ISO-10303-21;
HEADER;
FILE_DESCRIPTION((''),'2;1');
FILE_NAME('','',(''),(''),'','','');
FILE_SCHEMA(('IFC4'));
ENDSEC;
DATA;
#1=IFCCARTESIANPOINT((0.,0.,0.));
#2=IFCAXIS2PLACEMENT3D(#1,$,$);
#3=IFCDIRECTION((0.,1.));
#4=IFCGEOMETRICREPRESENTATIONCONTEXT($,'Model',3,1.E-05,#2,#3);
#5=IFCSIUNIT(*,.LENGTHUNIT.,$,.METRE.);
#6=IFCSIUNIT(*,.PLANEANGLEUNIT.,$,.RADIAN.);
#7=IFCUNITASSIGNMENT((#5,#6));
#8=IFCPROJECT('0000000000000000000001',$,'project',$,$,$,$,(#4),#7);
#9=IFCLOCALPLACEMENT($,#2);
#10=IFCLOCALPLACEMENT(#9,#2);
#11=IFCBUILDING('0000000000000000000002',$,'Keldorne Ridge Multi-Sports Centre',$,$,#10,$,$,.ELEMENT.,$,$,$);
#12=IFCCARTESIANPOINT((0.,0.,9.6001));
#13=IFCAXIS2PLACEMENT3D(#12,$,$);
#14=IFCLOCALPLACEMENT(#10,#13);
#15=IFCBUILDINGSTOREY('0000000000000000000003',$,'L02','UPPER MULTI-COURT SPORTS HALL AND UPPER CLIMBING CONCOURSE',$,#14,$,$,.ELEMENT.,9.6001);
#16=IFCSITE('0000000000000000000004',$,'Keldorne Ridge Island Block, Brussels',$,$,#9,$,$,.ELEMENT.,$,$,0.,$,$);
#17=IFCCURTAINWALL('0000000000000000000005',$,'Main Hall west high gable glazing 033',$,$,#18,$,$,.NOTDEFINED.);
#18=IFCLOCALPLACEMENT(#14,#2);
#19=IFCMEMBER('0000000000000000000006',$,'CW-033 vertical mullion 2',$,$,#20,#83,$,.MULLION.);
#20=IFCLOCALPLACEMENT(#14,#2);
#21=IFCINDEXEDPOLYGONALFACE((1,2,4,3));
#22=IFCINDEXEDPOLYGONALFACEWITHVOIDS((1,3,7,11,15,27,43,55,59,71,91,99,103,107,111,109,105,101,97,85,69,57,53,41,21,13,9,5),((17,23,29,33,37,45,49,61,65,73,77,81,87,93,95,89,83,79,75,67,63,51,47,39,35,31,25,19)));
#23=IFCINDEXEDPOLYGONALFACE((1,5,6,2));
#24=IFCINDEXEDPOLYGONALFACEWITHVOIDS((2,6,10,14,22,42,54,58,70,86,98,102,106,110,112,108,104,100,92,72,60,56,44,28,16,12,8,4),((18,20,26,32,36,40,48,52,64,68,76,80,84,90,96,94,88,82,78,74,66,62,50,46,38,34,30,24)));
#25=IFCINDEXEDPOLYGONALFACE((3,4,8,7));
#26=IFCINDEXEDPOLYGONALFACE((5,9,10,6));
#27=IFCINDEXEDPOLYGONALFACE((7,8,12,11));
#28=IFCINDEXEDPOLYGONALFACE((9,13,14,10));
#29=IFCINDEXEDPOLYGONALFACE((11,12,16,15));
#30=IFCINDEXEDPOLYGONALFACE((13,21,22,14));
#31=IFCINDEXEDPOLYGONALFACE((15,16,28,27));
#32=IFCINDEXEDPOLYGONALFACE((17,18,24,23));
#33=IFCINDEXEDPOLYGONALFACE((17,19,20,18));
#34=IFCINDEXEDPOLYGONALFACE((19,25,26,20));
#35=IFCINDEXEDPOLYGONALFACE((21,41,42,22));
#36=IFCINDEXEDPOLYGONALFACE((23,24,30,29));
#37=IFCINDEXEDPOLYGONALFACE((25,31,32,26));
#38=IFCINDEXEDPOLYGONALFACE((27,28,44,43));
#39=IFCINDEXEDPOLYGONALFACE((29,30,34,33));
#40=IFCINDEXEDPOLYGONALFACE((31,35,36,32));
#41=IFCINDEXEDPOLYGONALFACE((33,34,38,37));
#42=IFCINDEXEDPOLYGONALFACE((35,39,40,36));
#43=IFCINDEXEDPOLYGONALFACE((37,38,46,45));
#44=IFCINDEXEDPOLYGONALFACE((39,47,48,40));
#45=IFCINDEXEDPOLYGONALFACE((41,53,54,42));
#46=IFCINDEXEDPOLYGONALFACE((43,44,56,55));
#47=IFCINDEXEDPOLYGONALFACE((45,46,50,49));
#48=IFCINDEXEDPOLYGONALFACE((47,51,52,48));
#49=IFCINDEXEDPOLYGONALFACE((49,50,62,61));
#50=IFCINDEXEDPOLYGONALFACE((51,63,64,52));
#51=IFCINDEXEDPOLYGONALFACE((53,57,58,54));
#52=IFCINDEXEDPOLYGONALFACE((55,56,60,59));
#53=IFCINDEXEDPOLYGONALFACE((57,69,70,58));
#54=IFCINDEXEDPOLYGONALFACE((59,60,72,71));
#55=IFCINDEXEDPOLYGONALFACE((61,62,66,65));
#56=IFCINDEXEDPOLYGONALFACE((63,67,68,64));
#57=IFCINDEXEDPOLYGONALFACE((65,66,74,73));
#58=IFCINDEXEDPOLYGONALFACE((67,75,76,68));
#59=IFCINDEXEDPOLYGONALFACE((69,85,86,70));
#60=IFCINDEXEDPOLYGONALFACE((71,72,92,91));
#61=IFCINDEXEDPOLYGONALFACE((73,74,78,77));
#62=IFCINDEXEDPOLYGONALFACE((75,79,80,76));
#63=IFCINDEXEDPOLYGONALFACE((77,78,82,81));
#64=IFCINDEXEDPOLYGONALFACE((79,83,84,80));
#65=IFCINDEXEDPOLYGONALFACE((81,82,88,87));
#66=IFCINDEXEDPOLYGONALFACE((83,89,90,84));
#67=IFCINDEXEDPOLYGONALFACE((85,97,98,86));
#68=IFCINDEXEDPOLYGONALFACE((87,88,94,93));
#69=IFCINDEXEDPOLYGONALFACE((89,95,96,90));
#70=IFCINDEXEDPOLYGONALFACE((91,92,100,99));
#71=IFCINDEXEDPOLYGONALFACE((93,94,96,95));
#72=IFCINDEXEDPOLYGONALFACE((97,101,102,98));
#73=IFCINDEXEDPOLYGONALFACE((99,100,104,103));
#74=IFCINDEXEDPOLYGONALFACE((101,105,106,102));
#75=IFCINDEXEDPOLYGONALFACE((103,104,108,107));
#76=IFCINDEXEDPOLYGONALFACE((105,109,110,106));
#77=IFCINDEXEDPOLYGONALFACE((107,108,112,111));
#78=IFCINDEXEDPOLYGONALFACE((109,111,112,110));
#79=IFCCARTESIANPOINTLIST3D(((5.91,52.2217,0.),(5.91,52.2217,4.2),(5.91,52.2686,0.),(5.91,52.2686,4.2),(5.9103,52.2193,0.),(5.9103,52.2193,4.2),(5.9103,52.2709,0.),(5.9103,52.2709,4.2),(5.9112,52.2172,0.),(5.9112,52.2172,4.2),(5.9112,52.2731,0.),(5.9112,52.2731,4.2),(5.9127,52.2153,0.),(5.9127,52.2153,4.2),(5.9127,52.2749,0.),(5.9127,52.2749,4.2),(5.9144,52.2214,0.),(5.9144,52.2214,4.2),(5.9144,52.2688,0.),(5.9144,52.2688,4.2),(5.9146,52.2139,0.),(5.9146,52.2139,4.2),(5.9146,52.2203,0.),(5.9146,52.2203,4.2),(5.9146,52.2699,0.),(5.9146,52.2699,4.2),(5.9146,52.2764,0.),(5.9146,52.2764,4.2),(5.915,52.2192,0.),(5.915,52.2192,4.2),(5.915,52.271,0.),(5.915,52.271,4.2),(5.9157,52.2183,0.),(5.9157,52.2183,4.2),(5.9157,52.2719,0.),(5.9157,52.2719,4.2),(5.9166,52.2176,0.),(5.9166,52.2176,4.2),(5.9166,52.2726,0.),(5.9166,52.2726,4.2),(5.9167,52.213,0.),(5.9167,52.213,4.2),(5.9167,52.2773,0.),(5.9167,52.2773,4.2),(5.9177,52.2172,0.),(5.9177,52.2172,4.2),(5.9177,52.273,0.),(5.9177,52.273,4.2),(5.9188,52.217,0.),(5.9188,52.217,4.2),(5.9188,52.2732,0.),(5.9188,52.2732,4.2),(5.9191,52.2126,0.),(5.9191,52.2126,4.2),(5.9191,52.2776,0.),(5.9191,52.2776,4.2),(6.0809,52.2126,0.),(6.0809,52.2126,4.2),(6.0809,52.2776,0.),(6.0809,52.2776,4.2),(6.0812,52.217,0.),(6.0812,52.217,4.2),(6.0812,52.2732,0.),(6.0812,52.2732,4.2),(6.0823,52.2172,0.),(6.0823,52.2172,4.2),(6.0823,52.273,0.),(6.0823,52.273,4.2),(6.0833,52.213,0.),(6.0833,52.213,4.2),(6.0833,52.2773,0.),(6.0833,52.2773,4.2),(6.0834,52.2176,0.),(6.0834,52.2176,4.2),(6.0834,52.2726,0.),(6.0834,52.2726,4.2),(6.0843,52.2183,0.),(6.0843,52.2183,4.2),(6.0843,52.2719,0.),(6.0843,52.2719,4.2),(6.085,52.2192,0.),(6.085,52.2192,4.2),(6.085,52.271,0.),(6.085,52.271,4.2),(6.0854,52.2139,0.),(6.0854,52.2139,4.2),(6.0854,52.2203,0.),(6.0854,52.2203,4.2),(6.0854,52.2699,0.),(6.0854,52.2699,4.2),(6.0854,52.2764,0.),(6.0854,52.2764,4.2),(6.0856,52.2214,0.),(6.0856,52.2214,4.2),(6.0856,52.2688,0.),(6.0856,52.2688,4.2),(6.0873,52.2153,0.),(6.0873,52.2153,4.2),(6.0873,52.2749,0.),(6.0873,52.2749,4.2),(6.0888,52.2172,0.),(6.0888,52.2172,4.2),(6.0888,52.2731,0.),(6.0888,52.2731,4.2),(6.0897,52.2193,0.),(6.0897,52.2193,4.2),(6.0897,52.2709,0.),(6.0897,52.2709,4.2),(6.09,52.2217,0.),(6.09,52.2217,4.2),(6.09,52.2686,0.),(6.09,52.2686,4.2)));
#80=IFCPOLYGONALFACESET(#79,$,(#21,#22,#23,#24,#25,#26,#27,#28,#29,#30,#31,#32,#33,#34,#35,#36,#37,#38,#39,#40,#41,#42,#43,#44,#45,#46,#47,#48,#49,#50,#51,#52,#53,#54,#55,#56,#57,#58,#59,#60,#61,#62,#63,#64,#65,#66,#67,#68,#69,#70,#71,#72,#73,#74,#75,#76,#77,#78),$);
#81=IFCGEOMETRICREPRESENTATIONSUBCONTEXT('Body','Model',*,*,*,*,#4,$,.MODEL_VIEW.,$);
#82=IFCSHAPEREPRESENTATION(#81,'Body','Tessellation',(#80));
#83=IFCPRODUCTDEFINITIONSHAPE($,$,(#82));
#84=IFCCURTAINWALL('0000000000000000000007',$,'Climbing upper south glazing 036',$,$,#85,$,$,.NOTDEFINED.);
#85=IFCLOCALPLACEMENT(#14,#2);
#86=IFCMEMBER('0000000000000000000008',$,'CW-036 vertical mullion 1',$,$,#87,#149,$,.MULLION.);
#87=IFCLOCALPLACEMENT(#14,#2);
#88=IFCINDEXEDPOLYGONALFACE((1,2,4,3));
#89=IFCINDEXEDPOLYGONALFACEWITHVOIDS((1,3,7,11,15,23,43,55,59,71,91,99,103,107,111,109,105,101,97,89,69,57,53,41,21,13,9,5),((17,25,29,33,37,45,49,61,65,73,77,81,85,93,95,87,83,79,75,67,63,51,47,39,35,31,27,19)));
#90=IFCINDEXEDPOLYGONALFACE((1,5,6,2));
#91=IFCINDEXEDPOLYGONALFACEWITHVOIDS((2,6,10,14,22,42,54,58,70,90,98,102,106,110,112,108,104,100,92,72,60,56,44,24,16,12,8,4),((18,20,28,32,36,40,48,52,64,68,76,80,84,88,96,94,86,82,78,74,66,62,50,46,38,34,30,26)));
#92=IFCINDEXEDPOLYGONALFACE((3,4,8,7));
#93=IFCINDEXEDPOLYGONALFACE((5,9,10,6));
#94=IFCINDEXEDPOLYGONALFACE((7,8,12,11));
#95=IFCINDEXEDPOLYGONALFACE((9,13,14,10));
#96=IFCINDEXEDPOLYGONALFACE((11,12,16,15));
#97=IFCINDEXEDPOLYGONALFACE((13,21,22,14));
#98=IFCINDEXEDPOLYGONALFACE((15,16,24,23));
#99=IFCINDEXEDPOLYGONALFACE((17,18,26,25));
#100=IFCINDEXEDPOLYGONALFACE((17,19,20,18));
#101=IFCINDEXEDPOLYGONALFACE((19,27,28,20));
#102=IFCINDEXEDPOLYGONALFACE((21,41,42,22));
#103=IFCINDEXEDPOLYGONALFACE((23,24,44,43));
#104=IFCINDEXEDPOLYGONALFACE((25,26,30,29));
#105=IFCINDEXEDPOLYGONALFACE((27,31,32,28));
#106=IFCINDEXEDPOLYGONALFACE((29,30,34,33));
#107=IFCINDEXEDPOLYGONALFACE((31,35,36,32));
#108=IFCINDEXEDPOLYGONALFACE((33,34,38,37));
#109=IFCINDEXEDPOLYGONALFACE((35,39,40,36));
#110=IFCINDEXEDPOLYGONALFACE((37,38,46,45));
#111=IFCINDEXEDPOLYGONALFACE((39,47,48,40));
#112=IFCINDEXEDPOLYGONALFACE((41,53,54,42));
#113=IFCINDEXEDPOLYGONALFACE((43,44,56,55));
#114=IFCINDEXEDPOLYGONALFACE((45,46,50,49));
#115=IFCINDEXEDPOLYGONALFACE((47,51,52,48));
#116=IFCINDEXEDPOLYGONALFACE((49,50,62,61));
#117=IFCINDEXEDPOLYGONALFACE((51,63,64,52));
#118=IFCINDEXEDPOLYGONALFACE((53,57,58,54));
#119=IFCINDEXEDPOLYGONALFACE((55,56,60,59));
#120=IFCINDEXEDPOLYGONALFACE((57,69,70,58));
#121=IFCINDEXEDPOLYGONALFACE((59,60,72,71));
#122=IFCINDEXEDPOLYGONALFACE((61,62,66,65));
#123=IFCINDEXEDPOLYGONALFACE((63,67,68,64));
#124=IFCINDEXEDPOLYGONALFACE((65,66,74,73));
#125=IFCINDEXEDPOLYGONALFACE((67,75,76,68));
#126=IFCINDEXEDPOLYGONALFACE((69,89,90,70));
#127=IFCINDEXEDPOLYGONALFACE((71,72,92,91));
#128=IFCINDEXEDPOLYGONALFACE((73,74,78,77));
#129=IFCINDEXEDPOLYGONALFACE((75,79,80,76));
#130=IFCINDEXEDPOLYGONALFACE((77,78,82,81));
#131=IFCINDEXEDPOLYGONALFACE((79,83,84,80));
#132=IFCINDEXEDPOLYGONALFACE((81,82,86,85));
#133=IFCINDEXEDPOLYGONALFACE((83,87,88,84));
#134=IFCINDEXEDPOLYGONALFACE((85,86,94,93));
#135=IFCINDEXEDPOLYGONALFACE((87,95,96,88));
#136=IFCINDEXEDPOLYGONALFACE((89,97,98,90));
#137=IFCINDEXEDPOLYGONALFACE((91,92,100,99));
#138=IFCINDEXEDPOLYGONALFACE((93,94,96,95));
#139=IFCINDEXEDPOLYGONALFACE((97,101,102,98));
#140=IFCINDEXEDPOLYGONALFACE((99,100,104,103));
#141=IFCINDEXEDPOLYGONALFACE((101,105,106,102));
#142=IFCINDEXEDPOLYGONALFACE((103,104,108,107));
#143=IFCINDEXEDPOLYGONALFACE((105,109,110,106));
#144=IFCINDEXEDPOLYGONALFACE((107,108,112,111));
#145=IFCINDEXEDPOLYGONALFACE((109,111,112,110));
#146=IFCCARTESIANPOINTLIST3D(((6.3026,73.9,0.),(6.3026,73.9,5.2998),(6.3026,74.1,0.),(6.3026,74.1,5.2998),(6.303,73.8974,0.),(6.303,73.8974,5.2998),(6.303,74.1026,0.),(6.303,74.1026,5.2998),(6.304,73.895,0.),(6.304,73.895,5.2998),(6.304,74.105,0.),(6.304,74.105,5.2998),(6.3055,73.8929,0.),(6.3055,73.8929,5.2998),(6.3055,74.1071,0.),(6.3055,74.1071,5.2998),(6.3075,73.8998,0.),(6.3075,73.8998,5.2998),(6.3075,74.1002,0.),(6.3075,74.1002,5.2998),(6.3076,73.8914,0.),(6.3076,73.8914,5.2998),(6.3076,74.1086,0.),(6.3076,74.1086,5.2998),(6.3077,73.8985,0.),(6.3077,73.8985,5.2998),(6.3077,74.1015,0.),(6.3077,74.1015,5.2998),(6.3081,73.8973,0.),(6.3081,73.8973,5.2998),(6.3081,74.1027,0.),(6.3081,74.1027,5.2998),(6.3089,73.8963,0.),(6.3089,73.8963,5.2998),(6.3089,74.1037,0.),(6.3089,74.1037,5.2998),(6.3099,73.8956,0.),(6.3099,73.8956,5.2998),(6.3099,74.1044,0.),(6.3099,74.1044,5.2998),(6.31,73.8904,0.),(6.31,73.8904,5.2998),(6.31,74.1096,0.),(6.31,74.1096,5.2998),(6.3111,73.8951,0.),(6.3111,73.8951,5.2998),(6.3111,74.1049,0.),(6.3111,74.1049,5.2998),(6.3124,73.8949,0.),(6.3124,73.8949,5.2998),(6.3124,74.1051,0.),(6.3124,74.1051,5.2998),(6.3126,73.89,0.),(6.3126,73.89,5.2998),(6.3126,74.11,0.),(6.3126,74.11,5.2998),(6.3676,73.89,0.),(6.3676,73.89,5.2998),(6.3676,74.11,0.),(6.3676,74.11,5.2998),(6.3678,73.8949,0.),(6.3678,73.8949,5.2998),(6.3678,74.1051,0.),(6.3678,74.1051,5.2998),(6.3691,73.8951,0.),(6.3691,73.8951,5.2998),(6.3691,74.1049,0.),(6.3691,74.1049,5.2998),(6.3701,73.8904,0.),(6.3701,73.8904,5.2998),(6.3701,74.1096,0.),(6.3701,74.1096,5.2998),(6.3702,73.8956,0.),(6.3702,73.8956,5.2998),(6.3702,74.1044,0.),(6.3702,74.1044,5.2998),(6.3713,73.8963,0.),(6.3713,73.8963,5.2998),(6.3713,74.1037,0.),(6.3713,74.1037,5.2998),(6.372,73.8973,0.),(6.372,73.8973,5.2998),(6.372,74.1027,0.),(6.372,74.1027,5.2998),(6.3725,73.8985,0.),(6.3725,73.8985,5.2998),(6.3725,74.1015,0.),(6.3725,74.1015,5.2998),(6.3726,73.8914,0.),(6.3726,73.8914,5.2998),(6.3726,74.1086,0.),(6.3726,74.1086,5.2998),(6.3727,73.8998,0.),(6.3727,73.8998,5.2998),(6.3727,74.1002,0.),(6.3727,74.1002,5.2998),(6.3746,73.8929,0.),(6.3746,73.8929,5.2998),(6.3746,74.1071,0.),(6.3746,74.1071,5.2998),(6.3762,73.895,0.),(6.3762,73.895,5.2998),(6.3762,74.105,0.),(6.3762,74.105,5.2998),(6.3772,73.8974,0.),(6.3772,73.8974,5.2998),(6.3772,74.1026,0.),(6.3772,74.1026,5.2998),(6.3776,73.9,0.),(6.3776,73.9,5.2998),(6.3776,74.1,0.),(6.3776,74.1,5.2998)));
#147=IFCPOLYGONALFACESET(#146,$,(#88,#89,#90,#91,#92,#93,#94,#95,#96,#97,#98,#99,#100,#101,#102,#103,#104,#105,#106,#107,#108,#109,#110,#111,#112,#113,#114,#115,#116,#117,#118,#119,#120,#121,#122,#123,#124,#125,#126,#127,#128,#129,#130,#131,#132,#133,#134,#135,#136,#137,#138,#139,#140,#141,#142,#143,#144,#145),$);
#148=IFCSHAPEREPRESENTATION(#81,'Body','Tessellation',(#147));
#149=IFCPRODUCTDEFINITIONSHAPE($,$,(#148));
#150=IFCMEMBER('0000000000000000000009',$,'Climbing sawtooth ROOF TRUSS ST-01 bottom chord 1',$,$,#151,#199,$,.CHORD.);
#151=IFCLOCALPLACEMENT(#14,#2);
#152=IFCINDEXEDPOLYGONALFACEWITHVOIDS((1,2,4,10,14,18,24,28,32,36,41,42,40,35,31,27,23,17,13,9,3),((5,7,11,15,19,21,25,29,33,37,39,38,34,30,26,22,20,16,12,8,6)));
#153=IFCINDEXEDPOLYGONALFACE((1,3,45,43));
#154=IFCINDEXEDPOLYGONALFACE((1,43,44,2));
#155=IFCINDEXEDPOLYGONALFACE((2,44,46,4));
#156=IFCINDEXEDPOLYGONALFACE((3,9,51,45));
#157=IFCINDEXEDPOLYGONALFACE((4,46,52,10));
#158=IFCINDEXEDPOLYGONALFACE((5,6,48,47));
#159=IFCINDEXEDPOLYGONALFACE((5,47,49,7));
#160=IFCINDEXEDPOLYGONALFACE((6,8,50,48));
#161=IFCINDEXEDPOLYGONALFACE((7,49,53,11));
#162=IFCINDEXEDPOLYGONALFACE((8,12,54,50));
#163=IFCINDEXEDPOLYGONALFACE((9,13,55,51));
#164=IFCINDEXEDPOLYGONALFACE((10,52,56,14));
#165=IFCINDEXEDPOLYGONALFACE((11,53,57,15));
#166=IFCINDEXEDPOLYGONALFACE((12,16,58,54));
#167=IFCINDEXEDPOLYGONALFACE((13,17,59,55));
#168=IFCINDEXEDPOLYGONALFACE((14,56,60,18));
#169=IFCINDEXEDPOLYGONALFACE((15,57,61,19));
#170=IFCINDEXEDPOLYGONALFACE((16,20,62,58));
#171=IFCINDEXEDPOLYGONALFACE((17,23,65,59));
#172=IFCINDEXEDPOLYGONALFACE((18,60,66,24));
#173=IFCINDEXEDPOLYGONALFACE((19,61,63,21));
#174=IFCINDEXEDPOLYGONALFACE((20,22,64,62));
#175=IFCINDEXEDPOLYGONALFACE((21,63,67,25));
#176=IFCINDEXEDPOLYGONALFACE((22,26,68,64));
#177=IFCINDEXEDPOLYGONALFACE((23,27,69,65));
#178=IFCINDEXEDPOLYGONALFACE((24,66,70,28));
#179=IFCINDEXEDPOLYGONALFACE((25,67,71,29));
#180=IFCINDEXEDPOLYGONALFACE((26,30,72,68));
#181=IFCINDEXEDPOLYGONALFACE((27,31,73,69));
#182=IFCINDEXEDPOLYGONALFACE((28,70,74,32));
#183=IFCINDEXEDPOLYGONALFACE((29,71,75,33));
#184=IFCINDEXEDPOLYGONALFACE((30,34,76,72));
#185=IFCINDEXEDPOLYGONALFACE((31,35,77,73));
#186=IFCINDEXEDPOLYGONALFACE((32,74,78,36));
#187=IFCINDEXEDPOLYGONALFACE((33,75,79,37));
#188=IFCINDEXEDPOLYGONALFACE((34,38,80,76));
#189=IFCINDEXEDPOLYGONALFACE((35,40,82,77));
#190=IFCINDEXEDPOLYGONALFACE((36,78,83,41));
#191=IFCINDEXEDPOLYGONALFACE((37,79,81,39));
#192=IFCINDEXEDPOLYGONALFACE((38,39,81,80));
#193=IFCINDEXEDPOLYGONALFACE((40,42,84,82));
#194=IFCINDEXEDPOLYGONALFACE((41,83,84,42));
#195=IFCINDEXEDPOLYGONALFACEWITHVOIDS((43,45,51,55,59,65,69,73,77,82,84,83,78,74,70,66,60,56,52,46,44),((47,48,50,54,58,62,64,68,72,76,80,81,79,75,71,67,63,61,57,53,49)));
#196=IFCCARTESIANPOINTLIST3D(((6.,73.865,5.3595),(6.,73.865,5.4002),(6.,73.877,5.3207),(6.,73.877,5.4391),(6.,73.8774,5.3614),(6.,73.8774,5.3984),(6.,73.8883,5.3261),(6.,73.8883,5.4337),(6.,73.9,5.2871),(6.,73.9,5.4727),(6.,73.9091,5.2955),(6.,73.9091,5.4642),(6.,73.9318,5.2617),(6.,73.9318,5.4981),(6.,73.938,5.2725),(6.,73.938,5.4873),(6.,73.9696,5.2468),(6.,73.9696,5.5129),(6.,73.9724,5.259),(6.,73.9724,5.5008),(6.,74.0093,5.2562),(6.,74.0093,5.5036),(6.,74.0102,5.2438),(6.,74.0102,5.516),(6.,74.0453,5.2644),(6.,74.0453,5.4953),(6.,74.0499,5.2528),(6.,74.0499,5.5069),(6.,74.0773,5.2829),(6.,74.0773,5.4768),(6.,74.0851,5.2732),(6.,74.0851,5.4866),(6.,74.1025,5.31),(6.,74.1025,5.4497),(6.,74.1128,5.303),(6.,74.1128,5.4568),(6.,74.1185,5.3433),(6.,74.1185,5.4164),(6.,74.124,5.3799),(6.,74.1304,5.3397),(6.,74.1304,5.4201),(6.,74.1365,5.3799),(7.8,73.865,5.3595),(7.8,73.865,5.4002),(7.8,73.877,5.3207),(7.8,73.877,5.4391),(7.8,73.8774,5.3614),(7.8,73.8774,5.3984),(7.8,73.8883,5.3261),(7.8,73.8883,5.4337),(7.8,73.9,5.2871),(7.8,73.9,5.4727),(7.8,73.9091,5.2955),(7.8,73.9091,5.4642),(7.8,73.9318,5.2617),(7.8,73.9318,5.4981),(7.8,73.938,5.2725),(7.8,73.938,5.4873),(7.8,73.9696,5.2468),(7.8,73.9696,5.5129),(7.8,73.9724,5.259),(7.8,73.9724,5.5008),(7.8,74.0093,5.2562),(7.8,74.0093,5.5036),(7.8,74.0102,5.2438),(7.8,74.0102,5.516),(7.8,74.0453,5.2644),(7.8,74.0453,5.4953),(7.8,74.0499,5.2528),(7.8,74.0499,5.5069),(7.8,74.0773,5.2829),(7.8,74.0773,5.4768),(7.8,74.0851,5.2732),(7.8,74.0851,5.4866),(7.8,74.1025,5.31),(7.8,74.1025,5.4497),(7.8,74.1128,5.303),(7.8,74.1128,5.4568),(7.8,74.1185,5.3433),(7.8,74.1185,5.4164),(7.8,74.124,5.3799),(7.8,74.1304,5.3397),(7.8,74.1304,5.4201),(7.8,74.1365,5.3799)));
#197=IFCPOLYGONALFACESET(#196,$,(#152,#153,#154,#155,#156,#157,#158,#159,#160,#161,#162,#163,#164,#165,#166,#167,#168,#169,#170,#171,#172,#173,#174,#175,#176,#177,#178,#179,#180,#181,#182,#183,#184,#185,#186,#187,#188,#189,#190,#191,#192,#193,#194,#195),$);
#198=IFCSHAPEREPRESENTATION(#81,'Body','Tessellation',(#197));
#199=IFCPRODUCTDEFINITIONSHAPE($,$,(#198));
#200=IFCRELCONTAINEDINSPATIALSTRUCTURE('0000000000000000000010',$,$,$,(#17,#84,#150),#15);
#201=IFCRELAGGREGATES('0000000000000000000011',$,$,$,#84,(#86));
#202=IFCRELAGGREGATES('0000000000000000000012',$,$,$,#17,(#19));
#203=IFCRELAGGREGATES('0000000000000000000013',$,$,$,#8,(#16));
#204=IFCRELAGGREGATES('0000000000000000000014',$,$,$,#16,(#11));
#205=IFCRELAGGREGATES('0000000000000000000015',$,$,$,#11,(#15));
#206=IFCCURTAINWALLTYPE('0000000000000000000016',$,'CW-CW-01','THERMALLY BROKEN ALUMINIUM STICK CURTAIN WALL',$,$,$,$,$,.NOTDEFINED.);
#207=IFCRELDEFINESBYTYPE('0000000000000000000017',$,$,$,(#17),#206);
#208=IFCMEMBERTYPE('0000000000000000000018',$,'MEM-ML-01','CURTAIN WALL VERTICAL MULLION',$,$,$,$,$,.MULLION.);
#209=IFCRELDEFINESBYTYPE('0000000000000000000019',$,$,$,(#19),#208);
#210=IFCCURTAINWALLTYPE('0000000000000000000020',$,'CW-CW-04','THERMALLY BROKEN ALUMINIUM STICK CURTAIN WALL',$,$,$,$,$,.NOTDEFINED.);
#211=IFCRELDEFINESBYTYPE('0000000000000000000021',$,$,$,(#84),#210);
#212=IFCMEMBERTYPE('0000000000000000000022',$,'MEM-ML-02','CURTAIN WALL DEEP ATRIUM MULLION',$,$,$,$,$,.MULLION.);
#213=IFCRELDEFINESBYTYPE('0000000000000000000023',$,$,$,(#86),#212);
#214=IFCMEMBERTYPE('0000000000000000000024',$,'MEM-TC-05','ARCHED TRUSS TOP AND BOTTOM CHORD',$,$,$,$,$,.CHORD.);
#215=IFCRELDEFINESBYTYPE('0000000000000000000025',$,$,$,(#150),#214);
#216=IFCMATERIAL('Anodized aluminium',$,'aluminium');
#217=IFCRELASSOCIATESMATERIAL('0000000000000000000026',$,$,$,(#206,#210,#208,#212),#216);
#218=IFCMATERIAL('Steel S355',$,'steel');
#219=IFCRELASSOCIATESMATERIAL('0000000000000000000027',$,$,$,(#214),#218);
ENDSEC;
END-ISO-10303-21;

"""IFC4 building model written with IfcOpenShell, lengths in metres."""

from ifc_helpers import new_model, si_unit, direction, frame, origin, origin_2d, place, context, subcontext, project, spatial, hollow_rectangle, hollow_circle, extrude, material, material_profile, profile_set, type_object, element, aggregate, save


model = new_model("IFC4")

# Units and contexts
model_context = context("Model", 3, precision=1e-05, world=origin(), true_north=direction((0.0, 1.0)))
body_context = subcontext(model_context, "Body", "Model", "MODEL_VIEW")
ifc_project = project(units=[si_unit("LENGTHUNIT", "METRE"), si_unit("PLANEANGLEUNIT", "RADIAN")], contexts=[model_context])

# Site, building, storey
site_placement = place(None, origin())
site = spatial("IfcSite", under=ifc_project, at=site_placement, Name="Keldorne Ridge Island Block, Brussels", CompositionType="ELEMENT", RefElevation=0.0)
building_placement = place(site_placement, origin())
building = spatial("IfcBuilding", under=site, at=building_placement, Name="Keldorne Ridge Multi-Sports Centre", CompositionType="ELEMENT")
storey_placement = place(building_placement, frame((0.0, 0.0, 9.6001)))
storey = spatial("IfcBuildingStorey", under=building, at=storey_placement, Name="L02", Description="UPPER MULTI-COURT SPORTS HALL AND UPPER CLIMBING CONCOURSE", CompositionType="ELEMENT", Elevation=9.6001)

# Shared definitions
ifc_material_1 = material(Name="Steel S355", Category="steel")

# Curtain wall, member
ifc_material_2 = material(Name="Anodized aluminium", Category="aluminium")
curtain_wall_type_1 = type_object("IfcCurtainWallType", Name="CW-CW-01", Description="THERMALLY BROKEN ALUMINIUM STICK CURTAIN WALL", PredefinedType="NOTDEFINED", material=ifc_material_2)
curtain_wall_1_placement = place(storey_placement, origin())
curtain_wall_1 = element("IfcCurtainWall", 1, at=curtain_wall_1_placement, inside=storey, type_object=curtain_wall_type_1, Name="Main Hall west high gable glazing 033", PredefinedType="NOTDEFINED")
ifc_material_profile_1 = material_profile(ifc_material_2, hollow_rectangle(XDim=0.0649, YDim=0.1799, WallThickness=0.0044, InnerFilletRadius=0.0044, OuterFilletRadius=0.009, at=origin_2d()), Name="ALU MULLION 180x65x4.5")
ifc_profile_set_1 = profile_set([ifc_material_profile_1], Name="Anodized aluminium")
member_type_1 = type_object("IfcMemberType", Name="MEM-ML-01", Description="CURTAIN WALL VERTICAL MULLION", PredefinedType="MULLION", material=ifc_profile_set_1)
member_1_placement = place(storey_placement, frame((6.0, 52.2451, 0.0), z_axis=(0.0, 0.0, 1.0), x_axis=(0.0, 1.0, 0.0)))
member_1 = element("IfcMember", 2, at=member_1_placement, type_object=member_type_1, Name="CW-033 vertical mullion 2", PredefinedType="MULLION", context=body_context, shape_type="SweptSolid", body=[
    extrude(hollow_rectangle(XDim=0.0649, YDim=0.1799, WallThickness=0.0044, InnerFilletRadius=0.0044, OuterFilletRadius=0.009, at=origin_2d()), origin(), (0.0, 0.0, 1.0), 4.2),
])

# Curtain wall, member
curtain_wall_type_2 = type_object("IfcCurtainWallType", Name="CW-CW-04", Description="THERMALLY BROKEN ALUMINIUM STICK CURTAIN WALL", PredefinedType="NOTDEFINED", material=ifc_material_2)
curtain_wall_2_placement = place(storey_placement, origin())
curtain_wall_2 = element("IfcCurtainWall", 3, at=curtain_wall_2_placement, inside=storey, type_object=curtain_wall_type_2, Name="Climbing upper south glazing 036", PredefinedType="NOTDEFINED")
ifc_material_profile_2 = material_profile(ifc_material_2, hollow_rectangle(XDim=0.075, YDim=0.22, WallThickness=0.0049, InnerFilletRadius=0.0049, OuterFilletRadius=0.01, at=origin_2d()), Name="ALU MULLION 220x75x5")
ifc_profile_set_2 = profile_set([ifc_material_profile_2], Name="Anodized aluminium")
member_type_2 = type_object("IfcMemberType", Name="MEM-ML-02", Description="CURTAIN WALL DEEP ATRIUM MULLION", PredefinedType="MULLION", material=ifc_profile_set_2)
member_2_placement = place(storey_placement, frame((6.3401, 74.0, 0.0), z_axis=(0.0, 0.0, 1.0), x_axis=(1.0, 0.0, 0.0)))
member_2 = element("IfcMember", 4, at=member_2_placement, type_object=member_type_2, Name="CW-036 vertical mullion 1", PredefinedType="MULLION", context=body_context, shape_type="SweptSolid", body=[
    extrude(hollow_rectangle(XDim=0.075, YDim=0.22, WallThickness=0.0049, InnerFilletRadius=0.0049, OuterFilletRadius=0.01, at=origin_2d()), origin(), (0.0, 0.0, 1.0), 5.2998),
])
aggregate(curtain_wall_2, [member_2])

# Member
ifc_material_profile_3 = material_profile(ifc_material_1, hollow_circle(Radius=0.1365, WallThickness=0.0125, at=origin_2d()), Name="CHS 273x12.5")
ifc_profile_set_3 = profile_set([ifc_material_profile_3], Name="Steel S355")
member_type_3 = type_object("IfcMemberType", Name="MEM-TC-05", Description="ARCHED TRUSS TOP AND BOTTOM CHORD", PredefinedType="CHORD", material=ifc_profile_set_3)
member_3_placement = place(storey_placement, frame((6.0, 74.0, 5.3799), z_axis=(1.0, 0.0, 0.0), x_axis=(0.0, 1.0, 0.0)))
element("IfcMember", 5, at=member_3_placement, inside=storey, type_object=member_type_3, Name="Climbing sawtooth ROOF TRUSS ST-01 bottom chord 1", PredefinedType="CHORD", context=body_context, shape_type="SweptSolid", body=[
    extrude(hollow_circle(Radius=0.1365, WallThickness=0.0125, at=origin_2d()), origin(), (0.0, 0.0, 1.0), 1.8),
])

aggregate(curtain_wall_1, [member_1])

save(model, "model.ifc")
